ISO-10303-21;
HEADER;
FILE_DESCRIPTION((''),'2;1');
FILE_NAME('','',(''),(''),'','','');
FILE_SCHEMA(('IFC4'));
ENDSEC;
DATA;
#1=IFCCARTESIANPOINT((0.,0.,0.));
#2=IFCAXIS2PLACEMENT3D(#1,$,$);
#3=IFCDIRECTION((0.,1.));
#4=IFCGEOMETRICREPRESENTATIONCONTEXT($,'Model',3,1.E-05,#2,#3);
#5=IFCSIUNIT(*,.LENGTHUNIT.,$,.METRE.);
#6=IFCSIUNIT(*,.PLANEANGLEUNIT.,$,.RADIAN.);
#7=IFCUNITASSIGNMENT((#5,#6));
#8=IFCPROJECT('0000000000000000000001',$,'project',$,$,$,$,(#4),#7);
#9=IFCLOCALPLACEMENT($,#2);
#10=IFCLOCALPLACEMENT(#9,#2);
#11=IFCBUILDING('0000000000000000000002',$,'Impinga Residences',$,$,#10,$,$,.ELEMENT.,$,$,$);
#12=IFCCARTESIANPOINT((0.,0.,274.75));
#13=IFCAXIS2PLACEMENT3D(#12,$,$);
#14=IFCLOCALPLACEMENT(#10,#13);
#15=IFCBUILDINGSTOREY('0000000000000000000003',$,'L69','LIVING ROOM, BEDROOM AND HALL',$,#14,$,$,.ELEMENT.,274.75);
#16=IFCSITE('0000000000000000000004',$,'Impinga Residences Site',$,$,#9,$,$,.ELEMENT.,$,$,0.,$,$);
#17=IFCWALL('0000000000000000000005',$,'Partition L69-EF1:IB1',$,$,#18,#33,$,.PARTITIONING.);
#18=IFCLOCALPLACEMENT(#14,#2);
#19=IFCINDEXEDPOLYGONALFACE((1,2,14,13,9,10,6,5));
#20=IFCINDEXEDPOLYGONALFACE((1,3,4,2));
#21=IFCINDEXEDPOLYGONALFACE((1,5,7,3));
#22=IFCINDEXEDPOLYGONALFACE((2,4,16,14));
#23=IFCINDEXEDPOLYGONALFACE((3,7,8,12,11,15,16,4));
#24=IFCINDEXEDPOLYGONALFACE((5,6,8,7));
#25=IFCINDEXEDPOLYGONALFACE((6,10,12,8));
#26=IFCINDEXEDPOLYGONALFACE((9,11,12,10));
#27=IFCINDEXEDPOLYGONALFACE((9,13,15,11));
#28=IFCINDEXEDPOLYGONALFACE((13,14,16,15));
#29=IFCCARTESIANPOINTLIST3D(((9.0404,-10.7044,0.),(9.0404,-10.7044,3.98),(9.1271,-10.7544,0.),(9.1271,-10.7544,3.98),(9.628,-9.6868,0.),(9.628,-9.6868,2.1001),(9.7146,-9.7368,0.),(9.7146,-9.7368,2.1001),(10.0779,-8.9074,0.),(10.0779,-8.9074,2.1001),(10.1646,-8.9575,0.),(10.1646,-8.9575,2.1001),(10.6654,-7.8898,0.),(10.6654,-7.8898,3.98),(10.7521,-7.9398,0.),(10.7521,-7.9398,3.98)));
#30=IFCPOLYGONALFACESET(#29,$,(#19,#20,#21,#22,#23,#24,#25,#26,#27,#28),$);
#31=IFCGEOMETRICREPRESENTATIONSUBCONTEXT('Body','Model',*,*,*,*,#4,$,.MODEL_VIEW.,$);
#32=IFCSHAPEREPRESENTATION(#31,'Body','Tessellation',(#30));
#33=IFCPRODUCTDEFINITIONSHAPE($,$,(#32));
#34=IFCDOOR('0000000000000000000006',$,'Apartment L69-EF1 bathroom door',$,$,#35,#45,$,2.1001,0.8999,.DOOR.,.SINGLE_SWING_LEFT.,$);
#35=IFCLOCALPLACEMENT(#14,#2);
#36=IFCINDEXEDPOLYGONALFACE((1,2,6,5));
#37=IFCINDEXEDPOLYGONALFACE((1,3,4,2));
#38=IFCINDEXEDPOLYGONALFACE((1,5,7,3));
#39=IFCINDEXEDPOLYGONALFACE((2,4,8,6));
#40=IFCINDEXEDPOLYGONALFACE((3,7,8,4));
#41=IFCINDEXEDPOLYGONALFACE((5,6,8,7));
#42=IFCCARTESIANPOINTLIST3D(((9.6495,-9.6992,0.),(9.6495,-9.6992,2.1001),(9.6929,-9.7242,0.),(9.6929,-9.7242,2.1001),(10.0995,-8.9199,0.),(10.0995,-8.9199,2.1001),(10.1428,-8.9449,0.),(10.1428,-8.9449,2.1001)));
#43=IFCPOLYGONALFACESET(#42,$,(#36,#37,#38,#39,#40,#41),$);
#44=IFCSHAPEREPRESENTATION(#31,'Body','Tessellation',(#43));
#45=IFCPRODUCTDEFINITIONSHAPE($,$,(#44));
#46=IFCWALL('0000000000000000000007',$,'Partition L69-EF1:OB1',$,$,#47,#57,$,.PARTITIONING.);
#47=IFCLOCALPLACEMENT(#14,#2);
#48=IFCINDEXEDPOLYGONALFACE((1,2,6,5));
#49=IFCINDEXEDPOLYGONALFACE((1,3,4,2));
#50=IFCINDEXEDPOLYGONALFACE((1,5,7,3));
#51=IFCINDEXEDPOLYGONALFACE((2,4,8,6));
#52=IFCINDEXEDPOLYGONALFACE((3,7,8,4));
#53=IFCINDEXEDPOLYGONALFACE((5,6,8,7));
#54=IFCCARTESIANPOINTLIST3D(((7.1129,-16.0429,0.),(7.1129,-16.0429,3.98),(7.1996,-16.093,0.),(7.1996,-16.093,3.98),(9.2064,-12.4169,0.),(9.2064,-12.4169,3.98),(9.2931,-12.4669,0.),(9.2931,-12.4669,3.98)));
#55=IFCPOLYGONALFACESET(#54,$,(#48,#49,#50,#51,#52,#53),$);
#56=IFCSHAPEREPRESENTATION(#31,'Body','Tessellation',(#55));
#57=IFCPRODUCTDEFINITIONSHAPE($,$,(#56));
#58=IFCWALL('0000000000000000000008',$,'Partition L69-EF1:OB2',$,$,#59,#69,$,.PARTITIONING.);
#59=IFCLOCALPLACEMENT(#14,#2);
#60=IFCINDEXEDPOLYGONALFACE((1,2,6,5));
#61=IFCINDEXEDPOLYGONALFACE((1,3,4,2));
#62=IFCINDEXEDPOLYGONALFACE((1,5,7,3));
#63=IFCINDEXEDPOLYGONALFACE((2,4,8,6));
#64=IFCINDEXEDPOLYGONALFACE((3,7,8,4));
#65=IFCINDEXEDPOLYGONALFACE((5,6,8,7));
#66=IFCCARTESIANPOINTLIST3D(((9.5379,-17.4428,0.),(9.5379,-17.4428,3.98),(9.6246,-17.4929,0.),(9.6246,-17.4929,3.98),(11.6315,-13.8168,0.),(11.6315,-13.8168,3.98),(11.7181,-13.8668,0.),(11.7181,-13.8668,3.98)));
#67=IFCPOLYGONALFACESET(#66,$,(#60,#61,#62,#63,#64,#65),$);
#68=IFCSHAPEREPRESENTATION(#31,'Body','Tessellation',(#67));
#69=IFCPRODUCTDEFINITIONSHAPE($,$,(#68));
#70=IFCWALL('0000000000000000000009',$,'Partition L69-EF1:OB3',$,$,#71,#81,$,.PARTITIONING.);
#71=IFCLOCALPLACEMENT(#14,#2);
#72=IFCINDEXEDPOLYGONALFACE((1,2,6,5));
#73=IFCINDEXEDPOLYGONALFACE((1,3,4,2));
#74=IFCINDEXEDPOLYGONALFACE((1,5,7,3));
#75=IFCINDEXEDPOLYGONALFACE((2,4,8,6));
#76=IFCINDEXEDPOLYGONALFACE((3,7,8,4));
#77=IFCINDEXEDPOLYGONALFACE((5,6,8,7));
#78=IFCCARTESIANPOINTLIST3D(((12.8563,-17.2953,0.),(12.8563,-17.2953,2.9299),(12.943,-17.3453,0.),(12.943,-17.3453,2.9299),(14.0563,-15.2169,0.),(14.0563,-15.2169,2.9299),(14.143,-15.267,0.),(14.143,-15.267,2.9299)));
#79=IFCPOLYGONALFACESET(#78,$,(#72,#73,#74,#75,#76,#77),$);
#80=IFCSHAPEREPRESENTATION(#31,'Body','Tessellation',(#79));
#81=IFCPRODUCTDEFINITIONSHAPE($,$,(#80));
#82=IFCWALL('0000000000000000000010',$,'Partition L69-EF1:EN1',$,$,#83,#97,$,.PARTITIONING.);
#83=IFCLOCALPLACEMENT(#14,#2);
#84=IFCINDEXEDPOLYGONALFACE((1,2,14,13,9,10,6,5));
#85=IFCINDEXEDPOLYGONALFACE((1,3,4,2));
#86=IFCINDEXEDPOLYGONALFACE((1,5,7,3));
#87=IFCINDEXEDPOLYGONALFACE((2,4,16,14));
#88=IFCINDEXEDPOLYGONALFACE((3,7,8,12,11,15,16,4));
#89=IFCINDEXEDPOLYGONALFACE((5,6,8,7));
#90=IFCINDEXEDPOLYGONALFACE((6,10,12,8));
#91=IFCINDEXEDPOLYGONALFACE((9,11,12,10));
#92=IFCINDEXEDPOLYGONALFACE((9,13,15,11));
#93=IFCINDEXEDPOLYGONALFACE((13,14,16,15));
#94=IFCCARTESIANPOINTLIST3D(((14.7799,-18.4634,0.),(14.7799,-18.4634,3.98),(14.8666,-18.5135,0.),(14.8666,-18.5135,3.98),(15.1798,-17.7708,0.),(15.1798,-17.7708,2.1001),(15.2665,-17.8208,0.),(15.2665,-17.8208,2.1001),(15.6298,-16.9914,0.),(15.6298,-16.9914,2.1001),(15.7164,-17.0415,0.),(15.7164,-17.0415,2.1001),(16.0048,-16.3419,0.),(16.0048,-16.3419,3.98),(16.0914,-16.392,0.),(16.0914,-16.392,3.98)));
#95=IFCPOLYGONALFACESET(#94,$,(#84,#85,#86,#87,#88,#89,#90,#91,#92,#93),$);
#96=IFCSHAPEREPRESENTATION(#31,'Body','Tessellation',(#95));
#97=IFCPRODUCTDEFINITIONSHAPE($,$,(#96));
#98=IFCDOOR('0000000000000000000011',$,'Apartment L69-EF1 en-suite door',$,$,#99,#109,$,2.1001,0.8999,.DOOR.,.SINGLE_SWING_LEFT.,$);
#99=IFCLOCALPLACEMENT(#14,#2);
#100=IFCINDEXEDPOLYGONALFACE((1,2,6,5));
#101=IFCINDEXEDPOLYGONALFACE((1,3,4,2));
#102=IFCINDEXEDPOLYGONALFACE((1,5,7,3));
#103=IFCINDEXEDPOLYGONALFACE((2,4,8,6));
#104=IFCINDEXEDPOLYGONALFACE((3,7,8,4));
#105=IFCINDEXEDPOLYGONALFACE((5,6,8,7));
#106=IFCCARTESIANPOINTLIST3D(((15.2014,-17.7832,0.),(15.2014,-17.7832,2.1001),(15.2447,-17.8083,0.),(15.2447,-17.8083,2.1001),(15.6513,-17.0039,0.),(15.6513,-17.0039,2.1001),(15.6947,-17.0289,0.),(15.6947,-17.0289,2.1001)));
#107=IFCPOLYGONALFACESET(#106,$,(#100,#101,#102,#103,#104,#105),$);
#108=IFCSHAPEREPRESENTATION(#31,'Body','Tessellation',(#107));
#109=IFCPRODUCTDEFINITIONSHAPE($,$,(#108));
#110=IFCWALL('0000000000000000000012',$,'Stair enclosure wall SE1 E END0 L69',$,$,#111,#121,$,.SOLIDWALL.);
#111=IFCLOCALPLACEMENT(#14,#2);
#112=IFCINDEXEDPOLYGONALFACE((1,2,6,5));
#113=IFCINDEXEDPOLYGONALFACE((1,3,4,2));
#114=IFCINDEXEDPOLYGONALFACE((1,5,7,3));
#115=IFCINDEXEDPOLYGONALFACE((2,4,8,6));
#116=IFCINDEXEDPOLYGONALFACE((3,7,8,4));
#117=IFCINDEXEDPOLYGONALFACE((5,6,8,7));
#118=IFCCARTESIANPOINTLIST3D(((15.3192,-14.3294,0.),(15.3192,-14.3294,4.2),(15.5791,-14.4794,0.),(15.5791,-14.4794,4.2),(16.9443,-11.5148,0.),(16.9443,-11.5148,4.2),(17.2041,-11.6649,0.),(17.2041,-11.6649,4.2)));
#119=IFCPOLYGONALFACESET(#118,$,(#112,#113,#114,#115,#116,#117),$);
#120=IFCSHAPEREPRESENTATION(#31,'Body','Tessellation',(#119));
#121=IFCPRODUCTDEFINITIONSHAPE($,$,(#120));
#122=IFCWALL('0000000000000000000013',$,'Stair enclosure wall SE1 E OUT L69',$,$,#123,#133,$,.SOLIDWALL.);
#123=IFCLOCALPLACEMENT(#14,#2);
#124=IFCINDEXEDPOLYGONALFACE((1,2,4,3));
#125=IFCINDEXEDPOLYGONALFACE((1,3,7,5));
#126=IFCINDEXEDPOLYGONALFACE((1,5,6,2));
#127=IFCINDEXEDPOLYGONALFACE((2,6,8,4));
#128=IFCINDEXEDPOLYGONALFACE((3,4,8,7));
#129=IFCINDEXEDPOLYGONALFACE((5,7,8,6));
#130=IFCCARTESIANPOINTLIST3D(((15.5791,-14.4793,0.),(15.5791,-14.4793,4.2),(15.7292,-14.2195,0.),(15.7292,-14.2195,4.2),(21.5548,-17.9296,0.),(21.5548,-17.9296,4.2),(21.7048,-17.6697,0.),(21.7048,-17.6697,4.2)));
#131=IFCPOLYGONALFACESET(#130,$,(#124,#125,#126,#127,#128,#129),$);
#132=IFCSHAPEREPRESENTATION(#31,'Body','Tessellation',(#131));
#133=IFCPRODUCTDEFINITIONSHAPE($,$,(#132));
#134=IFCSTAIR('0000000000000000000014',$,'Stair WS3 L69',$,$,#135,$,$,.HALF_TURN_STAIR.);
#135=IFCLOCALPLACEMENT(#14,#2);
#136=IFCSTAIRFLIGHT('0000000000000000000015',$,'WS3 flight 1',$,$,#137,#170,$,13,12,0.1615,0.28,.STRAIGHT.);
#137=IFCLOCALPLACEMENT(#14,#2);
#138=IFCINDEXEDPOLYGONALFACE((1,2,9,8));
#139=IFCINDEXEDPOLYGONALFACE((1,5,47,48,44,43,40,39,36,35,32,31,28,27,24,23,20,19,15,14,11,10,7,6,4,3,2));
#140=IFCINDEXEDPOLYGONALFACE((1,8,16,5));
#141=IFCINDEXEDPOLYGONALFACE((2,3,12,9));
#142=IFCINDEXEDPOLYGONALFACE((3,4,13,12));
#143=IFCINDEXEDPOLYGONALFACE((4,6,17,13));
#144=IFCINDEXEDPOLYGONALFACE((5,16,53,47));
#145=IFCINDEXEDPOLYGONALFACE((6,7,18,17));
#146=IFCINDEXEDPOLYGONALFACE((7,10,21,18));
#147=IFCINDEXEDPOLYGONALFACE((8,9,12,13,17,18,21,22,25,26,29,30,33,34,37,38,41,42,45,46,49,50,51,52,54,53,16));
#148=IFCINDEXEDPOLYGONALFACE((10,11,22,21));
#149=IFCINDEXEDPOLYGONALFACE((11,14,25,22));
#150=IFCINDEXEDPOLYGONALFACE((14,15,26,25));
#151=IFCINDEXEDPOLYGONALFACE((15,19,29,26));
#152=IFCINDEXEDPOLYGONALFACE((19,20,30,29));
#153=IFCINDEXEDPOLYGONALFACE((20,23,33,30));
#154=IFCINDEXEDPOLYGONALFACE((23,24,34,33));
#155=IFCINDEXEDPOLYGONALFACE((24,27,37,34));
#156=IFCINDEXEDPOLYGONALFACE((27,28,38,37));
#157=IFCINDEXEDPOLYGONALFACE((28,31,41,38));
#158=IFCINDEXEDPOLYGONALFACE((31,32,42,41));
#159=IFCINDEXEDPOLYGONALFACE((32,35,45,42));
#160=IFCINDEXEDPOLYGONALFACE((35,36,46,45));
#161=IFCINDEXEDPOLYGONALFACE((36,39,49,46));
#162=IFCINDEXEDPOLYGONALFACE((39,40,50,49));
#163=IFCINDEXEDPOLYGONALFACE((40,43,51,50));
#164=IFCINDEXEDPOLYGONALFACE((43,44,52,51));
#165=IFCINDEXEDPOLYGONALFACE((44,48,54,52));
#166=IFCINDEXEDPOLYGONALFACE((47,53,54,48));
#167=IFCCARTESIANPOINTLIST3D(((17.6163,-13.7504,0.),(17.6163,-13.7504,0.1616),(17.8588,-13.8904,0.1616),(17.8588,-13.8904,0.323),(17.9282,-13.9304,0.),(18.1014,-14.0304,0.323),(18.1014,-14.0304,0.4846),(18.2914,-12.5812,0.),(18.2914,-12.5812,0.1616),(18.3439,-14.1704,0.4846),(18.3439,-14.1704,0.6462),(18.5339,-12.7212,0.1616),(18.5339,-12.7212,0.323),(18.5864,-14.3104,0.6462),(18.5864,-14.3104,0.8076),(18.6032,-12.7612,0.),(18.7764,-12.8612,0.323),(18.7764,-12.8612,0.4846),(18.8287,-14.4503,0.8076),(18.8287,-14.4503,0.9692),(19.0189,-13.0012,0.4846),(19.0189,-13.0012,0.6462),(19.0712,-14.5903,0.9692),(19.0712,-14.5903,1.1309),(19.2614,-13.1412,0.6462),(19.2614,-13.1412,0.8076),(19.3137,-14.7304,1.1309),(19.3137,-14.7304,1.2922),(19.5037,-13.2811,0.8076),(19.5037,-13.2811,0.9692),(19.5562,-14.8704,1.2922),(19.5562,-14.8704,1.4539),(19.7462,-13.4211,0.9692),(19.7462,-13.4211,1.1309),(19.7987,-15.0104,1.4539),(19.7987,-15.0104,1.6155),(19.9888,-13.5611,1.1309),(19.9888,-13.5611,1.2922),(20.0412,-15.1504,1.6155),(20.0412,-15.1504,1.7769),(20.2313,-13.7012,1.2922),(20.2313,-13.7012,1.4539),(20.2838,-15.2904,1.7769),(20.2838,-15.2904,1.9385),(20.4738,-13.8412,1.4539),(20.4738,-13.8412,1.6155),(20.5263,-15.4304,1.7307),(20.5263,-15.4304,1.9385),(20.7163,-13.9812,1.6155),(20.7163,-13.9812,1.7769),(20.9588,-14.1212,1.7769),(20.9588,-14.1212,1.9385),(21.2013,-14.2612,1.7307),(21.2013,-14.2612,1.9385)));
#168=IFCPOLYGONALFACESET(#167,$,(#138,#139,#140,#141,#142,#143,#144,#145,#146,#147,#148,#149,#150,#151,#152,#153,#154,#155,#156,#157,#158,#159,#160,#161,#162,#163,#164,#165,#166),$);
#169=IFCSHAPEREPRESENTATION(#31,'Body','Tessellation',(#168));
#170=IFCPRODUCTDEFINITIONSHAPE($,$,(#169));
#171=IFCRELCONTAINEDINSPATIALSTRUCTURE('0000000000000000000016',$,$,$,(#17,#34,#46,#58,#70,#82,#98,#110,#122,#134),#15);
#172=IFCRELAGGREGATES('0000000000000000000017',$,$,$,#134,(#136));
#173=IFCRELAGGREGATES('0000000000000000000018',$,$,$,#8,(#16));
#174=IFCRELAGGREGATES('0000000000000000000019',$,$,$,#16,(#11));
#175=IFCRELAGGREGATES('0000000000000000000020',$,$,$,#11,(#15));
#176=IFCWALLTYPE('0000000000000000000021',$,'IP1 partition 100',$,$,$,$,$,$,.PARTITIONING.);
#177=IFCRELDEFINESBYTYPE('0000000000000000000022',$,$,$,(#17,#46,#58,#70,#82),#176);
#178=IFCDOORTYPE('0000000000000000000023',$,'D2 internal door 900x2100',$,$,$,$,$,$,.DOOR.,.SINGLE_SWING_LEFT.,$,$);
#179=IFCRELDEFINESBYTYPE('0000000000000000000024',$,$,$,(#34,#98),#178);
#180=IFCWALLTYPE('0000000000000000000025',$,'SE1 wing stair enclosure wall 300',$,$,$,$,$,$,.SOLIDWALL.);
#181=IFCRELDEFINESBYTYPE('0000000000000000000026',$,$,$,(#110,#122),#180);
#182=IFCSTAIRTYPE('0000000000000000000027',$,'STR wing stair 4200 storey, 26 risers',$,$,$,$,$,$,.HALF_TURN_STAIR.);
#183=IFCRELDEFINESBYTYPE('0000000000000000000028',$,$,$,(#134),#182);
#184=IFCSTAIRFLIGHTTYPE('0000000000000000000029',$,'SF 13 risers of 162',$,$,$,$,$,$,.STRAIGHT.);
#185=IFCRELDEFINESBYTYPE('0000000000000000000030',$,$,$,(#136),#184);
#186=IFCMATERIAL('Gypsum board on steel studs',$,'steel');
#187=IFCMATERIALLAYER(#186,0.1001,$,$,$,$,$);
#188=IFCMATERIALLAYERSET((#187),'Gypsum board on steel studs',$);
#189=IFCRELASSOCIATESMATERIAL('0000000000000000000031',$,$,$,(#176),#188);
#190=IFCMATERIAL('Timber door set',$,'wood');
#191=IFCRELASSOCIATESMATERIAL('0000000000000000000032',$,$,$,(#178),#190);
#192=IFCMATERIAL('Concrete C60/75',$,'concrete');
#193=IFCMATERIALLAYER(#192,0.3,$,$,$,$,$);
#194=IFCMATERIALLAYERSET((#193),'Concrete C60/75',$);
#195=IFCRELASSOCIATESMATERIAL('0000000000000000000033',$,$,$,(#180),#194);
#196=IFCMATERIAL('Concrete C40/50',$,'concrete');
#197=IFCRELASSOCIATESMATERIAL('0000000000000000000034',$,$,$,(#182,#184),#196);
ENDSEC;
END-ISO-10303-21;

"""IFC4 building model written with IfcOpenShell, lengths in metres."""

from ifc_helpers import new_model, si_unit, direction, frame, frame_2d, origin, place, context, subcontext, project, spatial, polyline, rectangle, outline, extrude, material, layer, layer_set, type_object, element, fill, aggregate, save


model = new_model("IFC4")

# Units and contexts
model_context = context("Model", 3, precision=1e-05, world=origin(), true_north=direction((0.0, 1.0)))
body_context = subcontext(model_context, "Body", "Model", "MODEL_VIEW")
ifc_project = project(units=[si_unit("LENGTHUNIT", "METRE"), si_unit("PLANEANGLEUNIT", "RADIAN")], contexts=[model_context])

# Site, building, storey
site_placement = place(None, origin())
site = spatial("IfcSite", under=ifc_project, at=site_placement, Name="Impinga Residences Site", CompositionType="ELEMENT", RefElevation=0.0)
building_placement = place(site_placement, origin())
building = spatial("IfcBuilding", under=site, at=building_placement, Name="Impinga Residences", CompositionType="ELEMENT")
storey_placement = place(building_placement, frame((0.0, 0.0, 274.75)))
storey = spatial("IfcBuildingStorey", under=building, at=storey_placement, Name="L69", Description="LIVING ROOM, BEDROOM AND HALL", CompositionType="ELEMENT", Elevation=274.75)

# Shared definitions
ifc_material_1 = material(Name="Concrete C60/75", Category="concrete")

# Shared definitions
ifc_material_2 = material(Name="Timber door set", Category="wood")

# Shared definitions
ifc_material_3 = material(Name="Gypsum board on steel studs", Category="steel")
ifc_layer_1 = layer(ifc_material_3, 0.1001)
ifc_layer_set_1 = layer_set([ifc_layer_1], Name="Gypsum board on steel studs")
wall_type_1 = type_object("IfcWallType", Name="IP1 partition 100", PredefinedType="PARTITIONING", material=ifc_layer_set_1)
door_type_1 = type_object("IfcDoorType", Name="D2 internal door 900x2100", OperationType="SINGLE_SWING_LEFT", PredefinedType="DOOR", material=ifc_material_2)

# Wall, opening, door
wall_1_placement = place(storey_placement, frame((10.7087, -7.9148, 0.0), z_axis=(0.0, 0.0, 1.0), x_axis=(-0.499985, -0.866034, 0.0)))
wall_1 = element("IfcWall", 1, at=wall_1_placement, inside=storey, type_object=wall_type_1, Name="Partition L69-EF1:IB1", PredefinedType="PARTITIONING", context=body_context, shape_type="SweptSolid", body=[
    extrude(rectangle(XDim=3.25, YDim=0.1001, at=frame_2d((1.625, 0.0))), origin(), (0.0, 0.0, 1.0), 3.98),
])
opening_1_placement = place(wall_1_placement, frame((1.175, 0.0, 0.0)))
opening_1 = element("IfcOpeningElement", 2, at=opening_1_placement, cuts=wall_1, PredefinedType="OPENING", context=body_context, shape_type="SweptSolid", body=[
    extrude(rectangle(XDim=0.8999, YDim=2.1001, at=frame_2d((0.45, 1.05))), frame((0.0, 0.0601, 0.0), z_axis=(0.0, -1.0, 0.0), x_axis=(1.0, 0.0, 0.0)), (0.0, 0.0, 1.0), 0.1201),
])
door_1_placement = place(opening_1_placement, origin())
door_1 = element("IfcDoor", 3, at=door_1_placement, inside=storey, type_object=door_type_1, Name="Apartment L69-EF1 bathroom door", OperationType="SINGLE_SWING_LEFT", OverallHeight=2.1001, OverallWidth=0.8999, PredefinedType="DOOR", context=body_context, shape_type="SweptSolid", body=[
    extrude(rectangle(XDim=0.8999, YDim=2.1001, at=frame_2d((0.45, 1.05))), frame((0.0, 0.0249, 0.0), z_axis=(0.0, -1.0, 0.0), x_axis=(1.0, 0.0, 0.0)), (0.0, 0.0, 1.0), 0.05),
])
fill(opening_1, door_1)

# Walls
for number, where, z_axis, x_axis, name in (
    (4, (9.2498, -12.4419, 0.0), (0.0, 0.0, 1.0), (-0.500008, -0.866021, 0.0), "Partition L69-EF1:OB1"),
    (5, (11.6748, -13.8418, 0.0), (0.0, 0.0, 1.0), (-0.500008, -0.866021, 0.0), "Partition L69-EF1:OB2"),
):
    element("IfcWall", number, at=place(storey_placement, frame(where, z_axis=z_axis, x_axis=x_axis)), inside=storey, type_object=wall_type_1, Name=name, PredefinedType="PARTITIONING", context=body_context, shape_type="SweptSolid", body=[
        extrude(rectangle(XDim=4.187, YDim=0.1001, at=frame_2d((2.0935, 0.0))), origin(), (0.0, 0.0, 1.0), 3.98),
    ])
wall_2_placement = place(storey_placement, frame((14.0996, -15.2419, 0.0), z_axis=(0.0, 0.0, 1.0), x_axis=(-0.500001, -0.866025, 0.0)))
element("IfcWall", 6, at=wall_2_placement, inside=storey, type_object=wall_type_1, Name="Partition L69-EF1:OB3", PredefinedType="PARTITIONING", context=body_context, shape_type="SweptSolid", body=[
    extrude(rectangle(XDim=2.3999, YDim=0.1001, at=frame_2d((1.2, 0.0))), origin(), (0.0, 0.0, 1.0), 2.9299),
])

# Wall, opening, door
wall_3_placement = place(storey_placement, frame((16.0481, -16.3669, 0.0), z_axis=(0.0, 0.0, 1.0), x_axis=(-0.499987, -0.866033, 0.0)))
wall_3 = element("IfcWall", 7, at=wall_3_placement, inside=storey, type_object=wall_type_1, Name="Partition L69-EF1:EN1", PredefinedType="PARTITIONING", context=body_context, shape_type="SweptSolid", body=[
    extrude(rectangle(XDim=2.4497, YDim=0.1001, at=frame_2d((1.2249, 0.0))), origin(), (0.0, 0.0, 1.0), 3.98),
])
opening_2_placement = place(wall_3_placement, frame((0.75, 0.0, 0.0)))
opening_2 = element("IfcOpeningElement", 8, at=opening_2_placement, cuts=wall_3, PredefinedType="OPENING", context=body_context, shape_type="SweptSolid", body=[
    extrude(rectangle(XDim=0.8999, YDim=2.1001, at=frame_2d((0.45, 1.05))), frame((0.0, 0.0601, 0.0), z_axis=(0.0, -1.0, 0.0), x_axis=(1.0, 0.0, 0.0)), (0.0, 0.0, 1.0), 0.1201),
])
door_2_placement = place(opening_2_placement, origin())
door_2 = element("IfcDoor", 9, at=door_2_placement, inside=storey, type_object=door_type_1, Name="Apartment L69-EF1 en-suite door", OperationType="SINGLE_SWING_LEFT", OverallHeight=2.1001, OverallWidth=0.8999, PredefinedType="DOOR", context=body_context, shape_type="SweptSolid", body=[
    extrude(rectangle(XDim=0.8999, YDim=2.1001, at=frame_2d((0.45, 1.05))), frame((0.0, 0.0249, 0.0), z_axis=(0.0, -1.0, 0.0), x_axis=(1.0, 0.0, 0.0)), (0.0, 0.0, 1.0), 0.05),
])
fill(opening_2, door_2)

# Walls
ifc_layer_2 = layer(ifc_material_1, 0.3)
ifc_layer_set_2 = layer_set([ifc_layer_2], Name="Concrete C60/75")
wall_type_2 = type_object("IfcWallType", Name="SE1 wing stair enclosure wall 300", PredefinedType="SOLIDWALL", material=ifc_layer_set_2)
wall_4_placement = place(storey_placement, frame((17.0742, -11.5898, 0.0), z_axis=(0.0, 0.0, 1.0), x_axis=(-0.500017, -0.866015, 0.0)))
element("IfcWall", 10, at=wall_4_placement, inside=storey, type_object=wall_type_2, Name="Stair enclosure wall SE1 E END0 L69", PredefinedType="SOLIDWALL", context=body_context, shape_type="SweptSolid", body=[
    extrude(rectangle(XDim=3.25, YDim=0.3, at=frame_2d((1.625, 0.0))), origin(), (0.0, 0.0, 1.0), 4.2),
])
wall_5_placement = place(storey_placement, frame((15.6541, -14.3494, 0.0), z_axis=(0.0, 0.0, 1.0), x_axis=(0.866014, -0.500021, 0.0)))
element("IfcWall", 11, at=wall_5_placement, inside=storey, type_object=wall_type_2, Name="Stair enclosure wall SE1 E OUT L69", PredefinedType="SOLIDWALL", context=body_context, shape_type="SweptSolid", body=[
    extrude(rectangle(XDim=6.9001, YDim=0.3, at=frame_2d((3.4502, 0.0))), origin(), (0.0, 0.0, 1.0), 4.2),
])

# Stair, stair flight
ifc_material_4 = material(Name="Concrete C40/50", Category="concrete")
stair_type = type_object("IfcStairType", Name="STR wing stair 4200 storey, 26 risers", PredefinedType="HALF_TURN_STAIR", material=ifc_material_4)
stair_placement = place(storey_placement, origin())
stair = element("IfcStair", 12, at=stair_placement, inside=storey, type_object=stair_type, Name="Stair WS3 L69", PredefinedType="HALF_TURN_STAIR")
stair_flight_type = type_object("IfcStairFlightType", Name="SF 13 risers of 162", PredefinedType="STRAIGHT", material=ifc_material_4)
stair_flight_placement = place(storey_placement, frame((17.9539, -13.1658, 0.0), z_axis=(0.0, 0.0, 1.0), x_axis=(0.866025, -0.5, 0.0)))
stair_flight = element("IfcStairFlight", 13, at=stair_flight_placement, type_object=stair_flight_type, Name="WS3 flight 1", NumberOfRisers=13, NumberOfTreads=12, PredefinedType="STRAIGHT", RiserHeight=0.1615, TreadLength=0.28, context=body_context, shape_type="SweptSolid", body=[
    extrude(outline(polyline([(0.0, 0.0), (0.0, 0.1616), (0.28, 0.1616), (0.28, 0.323), (0.5601, 0.323), (0.5601, 0.4846), (0.8401, 0.4846), (0.8401, 0.6462), (1.1201, 0.6462), (1.1201, 0.8076), (1.3999, 0.8076), (1.3999, 0.9692), (1.6799, 0.9692), (1.6799, 1.1309), (1.96, 1.1309), (1.96, 1.2922), (2.24, 1.2922), (2.24, 1.4539), (2.52, 1.4539), (2.52, 1.6155), (2.8, 1.6155), (2.8, 1.7769), (3.0801, 1.7769), (3.0801, 1.9385), (3.3601, 1.9385), (3.3601, 2.1001), (3.3601, 1.7307), (0.3601, 0.0), (0.0, 0.0)])), frame((0.0, 0.675, 0.0), z_axis=(0.0, -1.0, 0.0), x_axis=(1.0, 0.0, 0.0)), (0.0, 0.0, 1.0), 1.3501),
])
aggregate(stair, [stair_flight])

save(model, "model.ifc")
